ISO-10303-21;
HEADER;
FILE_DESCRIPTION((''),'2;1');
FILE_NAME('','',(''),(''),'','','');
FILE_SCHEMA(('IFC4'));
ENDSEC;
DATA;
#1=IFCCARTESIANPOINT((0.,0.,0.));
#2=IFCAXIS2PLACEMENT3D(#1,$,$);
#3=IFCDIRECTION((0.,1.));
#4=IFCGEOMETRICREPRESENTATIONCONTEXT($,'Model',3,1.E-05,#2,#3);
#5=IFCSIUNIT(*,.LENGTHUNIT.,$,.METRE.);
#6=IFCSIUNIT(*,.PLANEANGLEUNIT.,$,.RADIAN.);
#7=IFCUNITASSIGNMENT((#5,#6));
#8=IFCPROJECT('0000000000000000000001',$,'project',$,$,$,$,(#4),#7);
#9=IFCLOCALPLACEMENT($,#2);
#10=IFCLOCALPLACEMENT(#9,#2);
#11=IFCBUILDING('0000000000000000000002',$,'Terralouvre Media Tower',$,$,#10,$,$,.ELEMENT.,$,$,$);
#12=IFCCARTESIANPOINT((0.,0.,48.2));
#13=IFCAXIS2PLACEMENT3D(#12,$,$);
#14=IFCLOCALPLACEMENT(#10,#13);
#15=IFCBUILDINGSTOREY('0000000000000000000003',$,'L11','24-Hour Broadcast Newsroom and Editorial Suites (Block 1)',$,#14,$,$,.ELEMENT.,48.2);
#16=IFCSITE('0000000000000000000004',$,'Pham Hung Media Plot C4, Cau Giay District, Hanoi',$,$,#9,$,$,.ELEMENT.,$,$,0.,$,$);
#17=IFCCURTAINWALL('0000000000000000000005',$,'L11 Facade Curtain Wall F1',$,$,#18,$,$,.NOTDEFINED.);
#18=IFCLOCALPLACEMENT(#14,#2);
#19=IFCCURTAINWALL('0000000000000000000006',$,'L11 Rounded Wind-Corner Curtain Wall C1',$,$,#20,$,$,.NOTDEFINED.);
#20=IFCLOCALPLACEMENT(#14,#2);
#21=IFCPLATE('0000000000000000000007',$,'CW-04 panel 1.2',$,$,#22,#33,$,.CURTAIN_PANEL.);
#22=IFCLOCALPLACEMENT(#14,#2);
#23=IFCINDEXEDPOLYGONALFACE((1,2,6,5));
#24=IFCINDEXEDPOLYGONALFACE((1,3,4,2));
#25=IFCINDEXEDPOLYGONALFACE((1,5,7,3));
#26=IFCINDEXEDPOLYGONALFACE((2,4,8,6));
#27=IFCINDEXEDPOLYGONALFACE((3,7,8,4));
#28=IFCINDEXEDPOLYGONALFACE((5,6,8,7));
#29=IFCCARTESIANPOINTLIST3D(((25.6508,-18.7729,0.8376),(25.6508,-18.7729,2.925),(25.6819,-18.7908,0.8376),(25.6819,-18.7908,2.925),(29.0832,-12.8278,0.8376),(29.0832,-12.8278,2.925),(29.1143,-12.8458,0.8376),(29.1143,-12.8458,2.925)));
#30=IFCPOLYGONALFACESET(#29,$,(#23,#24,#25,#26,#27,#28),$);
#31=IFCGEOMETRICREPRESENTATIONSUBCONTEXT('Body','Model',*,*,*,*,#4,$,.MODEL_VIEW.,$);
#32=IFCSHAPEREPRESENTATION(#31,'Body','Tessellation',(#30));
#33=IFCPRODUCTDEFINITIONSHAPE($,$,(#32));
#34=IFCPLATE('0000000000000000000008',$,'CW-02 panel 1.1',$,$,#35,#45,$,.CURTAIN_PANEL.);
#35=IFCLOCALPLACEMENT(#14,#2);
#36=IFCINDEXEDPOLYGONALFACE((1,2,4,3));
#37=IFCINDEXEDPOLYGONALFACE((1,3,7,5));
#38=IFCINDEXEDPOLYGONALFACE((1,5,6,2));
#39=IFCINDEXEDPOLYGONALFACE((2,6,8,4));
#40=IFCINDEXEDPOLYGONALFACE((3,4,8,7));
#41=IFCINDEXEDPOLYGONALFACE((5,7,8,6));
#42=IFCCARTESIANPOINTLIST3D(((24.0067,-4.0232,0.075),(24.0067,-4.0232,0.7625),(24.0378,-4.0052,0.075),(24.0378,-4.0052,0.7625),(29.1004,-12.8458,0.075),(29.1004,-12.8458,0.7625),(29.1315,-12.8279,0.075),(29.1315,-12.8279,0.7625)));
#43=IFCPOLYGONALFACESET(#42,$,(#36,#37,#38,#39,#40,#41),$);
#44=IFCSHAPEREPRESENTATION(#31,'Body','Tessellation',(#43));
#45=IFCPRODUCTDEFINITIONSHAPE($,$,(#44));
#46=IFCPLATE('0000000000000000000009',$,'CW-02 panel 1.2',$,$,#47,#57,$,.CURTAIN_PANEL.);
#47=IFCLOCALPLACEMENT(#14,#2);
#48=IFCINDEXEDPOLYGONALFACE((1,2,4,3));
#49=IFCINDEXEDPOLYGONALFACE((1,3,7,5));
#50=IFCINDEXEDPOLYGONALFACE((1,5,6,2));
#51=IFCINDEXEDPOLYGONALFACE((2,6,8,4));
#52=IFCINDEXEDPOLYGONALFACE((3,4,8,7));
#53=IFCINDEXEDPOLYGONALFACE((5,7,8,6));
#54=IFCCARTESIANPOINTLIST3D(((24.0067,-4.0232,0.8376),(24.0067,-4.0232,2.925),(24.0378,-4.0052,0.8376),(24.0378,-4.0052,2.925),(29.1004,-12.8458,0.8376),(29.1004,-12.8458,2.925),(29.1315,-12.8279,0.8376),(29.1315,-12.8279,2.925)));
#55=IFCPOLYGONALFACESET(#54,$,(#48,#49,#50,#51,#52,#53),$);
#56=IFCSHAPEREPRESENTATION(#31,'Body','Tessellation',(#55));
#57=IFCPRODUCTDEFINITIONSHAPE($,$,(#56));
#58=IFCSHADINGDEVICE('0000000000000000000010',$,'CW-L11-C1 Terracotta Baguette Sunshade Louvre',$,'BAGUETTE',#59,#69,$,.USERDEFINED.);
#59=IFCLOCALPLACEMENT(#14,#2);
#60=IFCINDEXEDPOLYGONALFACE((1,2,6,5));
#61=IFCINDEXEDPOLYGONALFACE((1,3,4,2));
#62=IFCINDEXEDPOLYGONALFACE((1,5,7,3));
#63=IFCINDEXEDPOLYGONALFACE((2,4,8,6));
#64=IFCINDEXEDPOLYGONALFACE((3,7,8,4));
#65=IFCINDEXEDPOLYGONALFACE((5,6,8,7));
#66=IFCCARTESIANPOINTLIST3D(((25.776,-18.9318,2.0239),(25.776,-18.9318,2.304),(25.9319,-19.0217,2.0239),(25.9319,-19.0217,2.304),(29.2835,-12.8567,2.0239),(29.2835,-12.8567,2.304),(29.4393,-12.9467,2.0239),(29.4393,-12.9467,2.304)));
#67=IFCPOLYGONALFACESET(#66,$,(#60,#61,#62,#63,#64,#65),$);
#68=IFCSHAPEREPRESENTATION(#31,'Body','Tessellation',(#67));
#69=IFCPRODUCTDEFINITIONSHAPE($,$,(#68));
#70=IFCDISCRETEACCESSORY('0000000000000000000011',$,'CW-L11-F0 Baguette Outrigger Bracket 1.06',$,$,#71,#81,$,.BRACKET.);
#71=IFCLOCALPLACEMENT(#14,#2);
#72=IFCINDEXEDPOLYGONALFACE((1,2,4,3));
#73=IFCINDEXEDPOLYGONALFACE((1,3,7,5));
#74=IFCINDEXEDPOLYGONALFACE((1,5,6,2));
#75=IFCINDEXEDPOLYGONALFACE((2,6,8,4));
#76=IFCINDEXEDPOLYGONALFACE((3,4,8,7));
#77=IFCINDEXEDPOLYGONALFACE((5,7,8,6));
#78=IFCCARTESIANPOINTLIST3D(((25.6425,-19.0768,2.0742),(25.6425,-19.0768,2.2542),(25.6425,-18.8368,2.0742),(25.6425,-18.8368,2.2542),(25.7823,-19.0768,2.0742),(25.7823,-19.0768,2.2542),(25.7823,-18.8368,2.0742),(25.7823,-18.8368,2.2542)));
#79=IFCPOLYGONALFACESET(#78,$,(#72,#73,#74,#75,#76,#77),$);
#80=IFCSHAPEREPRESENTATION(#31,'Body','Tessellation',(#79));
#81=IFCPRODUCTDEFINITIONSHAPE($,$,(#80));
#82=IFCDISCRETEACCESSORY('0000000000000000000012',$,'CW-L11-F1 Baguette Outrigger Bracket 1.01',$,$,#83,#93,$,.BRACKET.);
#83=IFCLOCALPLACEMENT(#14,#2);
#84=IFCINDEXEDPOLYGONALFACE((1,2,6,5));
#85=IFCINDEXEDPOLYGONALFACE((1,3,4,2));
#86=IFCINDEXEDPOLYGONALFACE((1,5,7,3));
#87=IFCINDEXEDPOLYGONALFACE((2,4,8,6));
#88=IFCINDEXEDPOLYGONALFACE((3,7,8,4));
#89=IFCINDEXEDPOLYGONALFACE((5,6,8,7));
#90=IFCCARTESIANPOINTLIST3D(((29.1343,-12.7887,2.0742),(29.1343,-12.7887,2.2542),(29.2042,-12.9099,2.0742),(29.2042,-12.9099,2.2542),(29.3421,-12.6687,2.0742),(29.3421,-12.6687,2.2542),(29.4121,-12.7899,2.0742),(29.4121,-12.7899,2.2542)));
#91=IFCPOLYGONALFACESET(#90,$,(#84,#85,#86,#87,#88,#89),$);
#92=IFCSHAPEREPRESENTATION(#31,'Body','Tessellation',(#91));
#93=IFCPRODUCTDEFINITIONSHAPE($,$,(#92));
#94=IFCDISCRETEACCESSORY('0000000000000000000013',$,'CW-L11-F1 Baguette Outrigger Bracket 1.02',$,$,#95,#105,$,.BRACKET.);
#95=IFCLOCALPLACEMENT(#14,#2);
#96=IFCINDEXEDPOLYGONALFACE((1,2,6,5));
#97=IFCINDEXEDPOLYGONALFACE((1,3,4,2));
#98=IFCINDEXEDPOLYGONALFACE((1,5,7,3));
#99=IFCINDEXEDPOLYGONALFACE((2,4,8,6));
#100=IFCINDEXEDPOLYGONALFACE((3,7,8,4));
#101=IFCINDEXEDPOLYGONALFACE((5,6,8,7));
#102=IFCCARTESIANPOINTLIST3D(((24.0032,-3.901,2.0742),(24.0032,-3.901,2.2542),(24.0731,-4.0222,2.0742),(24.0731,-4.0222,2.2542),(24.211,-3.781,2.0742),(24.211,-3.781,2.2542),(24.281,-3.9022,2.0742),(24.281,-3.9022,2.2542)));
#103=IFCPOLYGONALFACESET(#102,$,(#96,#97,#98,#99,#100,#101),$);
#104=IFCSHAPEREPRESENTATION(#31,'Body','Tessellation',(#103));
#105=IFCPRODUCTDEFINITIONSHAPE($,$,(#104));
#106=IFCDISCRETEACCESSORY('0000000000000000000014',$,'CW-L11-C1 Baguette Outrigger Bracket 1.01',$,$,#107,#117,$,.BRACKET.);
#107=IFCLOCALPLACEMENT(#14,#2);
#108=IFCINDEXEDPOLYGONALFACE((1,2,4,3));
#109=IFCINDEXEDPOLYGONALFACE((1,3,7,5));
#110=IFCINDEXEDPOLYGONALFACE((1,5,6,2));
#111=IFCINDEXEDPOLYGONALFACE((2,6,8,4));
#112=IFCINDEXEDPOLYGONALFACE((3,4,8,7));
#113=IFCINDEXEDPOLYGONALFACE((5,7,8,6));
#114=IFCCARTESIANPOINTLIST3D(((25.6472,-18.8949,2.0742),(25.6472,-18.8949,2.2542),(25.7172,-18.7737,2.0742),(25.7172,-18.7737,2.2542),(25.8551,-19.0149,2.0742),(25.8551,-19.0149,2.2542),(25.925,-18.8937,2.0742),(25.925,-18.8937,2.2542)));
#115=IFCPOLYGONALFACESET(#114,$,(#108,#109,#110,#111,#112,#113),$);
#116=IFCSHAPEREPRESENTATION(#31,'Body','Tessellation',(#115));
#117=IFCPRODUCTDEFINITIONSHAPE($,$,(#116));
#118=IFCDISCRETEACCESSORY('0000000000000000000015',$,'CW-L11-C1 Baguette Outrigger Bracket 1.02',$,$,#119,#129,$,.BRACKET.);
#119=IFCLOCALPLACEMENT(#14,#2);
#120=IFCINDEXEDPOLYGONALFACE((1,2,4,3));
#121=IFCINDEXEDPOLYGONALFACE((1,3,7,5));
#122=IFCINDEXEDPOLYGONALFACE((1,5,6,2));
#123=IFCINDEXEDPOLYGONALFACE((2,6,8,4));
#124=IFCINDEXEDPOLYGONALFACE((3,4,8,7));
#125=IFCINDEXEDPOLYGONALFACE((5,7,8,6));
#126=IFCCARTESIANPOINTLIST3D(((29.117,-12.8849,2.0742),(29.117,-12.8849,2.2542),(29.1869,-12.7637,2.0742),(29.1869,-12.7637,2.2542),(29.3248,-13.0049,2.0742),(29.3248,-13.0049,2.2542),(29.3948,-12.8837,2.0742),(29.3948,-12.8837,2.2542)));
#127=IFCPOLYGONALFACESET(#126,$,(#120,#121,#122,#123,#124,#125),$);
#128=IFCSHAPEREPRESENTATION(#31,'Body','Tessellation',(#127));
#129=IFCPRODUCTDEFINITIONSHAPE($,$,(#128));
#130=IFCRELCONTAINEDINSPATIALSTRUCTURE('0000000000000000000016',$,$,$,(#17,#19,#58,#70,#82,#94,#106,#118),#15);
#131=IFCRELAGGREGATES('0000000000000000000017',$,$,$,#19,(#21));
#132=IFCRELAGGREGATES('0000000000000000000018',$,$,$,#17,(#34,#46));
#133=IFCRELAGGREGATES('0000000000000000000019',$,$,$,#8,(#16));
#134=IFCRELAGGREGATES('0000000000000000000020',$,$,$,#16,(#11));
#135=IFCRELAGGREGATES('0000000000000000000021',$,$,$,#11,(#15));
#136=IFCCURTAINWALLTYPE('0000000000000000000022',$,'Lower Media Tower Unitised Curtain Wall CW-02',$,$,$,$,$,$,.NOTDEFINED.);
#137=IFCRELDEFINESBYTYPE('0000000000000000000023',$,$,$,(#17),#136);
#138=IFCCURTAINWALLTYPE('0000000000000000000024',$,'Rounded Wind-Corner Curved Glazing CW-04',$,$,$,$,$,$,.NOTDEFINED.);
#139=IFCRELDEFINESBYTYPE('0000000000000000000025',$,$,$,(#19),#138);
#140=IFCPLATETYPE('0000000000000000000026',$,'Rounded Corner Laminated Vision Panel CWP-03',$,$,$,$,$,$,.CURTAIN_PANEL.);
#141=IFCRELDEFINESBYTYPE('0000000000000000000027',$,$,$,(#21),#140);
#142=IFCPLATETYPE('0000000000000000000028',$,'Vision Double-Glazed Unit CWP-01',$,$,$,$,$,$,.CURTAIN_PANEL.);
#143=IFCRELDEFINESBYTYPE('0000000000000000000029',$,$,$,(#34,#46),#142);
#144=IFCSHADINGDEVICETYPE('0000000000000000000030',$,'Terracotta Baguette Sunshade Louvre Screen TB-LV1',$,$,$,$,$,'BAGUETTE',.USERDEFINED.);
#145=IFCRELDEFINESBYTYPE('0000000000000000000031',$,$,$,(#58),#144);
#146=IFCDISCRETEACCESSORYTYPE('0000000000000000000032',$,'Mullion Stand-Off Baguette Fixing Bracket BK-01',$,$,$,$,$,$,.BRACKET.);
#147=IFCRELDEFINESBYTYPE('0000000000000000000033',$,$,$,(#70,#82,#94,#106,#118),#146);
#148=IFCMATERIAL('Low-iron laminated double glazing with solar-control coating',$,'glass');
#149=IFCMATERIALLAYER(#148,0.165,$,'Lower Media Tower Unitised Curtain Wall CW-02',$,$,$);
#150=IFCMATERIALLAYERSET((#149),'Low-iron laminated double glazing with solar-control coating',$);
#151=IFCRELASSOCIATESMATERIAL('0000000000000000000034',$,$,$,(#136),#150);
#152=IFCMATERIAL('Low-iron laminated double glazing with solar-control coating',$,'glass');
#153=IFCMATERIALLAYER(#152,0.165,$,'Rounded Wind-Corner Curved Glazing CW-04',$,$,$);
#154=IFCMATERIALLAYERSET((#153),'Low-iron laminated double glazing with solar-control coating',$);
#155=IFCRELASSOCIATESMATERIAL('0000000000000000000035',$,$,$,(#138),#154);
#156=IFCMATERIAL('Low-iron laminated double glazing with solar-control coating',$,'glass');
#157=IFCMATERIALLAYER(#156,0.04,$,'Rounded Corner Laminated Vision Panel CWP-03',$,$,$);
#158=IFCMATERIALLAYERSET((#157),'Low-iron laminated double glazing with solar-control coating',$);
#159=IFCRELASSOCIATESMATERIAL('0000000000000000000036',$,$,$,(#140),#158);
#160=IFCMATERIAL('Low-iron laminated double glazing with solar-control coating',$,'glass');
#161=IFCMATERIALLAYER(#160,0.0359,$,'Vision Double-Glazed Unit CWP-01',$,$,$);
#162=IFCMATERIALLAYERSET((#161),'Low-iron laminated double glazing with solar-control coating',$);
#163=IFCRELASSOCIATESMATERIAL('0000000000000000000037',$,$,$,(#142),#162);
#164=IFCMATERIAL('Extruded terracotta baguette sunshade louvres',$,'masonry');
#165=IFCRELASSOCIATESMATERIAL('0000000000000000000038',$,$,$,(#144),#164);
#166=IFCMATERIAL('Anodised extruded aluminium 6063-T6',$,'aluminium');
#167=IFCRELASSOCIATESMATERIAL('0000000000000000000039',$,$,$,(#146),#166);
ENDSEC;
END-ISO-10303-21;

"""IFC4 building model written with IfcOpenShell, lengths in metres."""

from ifc_helpers import new_model, si_unit, direction, frame, origin, origin_2d, place, context, subcontext, project, spatial, rectangle, extrude, material, layer, layer_set, type_object, element, aggregate, save


model = new_model("IFC4")

# Units and contexts
model_context = context("Model", 3, precision=1e-05, world=origin(), true_north=direction((0.0, 1.0)))
body_context = subcontext(model_context, "Body", "Model", "MODEL_VIEW")
ifc_project = project(units=[si_unit("LENGTHUNIT", "METRE"), si_unit("PLANEANGLEUNIT", "RADIAN")], contexts=[model_context])

# Site, building, storey
site_placement = place(None, origin())
site = spatial("IfcSite", under=ifc_project, at=site_placement, Name="Pham Hung Media Plot C4, Cau Giay District, Hanoi", CompositionType="ELEMENT", RefElevation=0.0)
building_placement = place(site_placement, origin())
building = spatial("IfcBuilding", under=site, at=building_placement, Name="Terralouvre Media Tower", CompositionType="ELEMENT")
storey_placement = place(building_placement, frame((0.0, 0.0, 48.2)))
storey = spatial("IfcBuildingStorey", under=building, at=storey_placement, Name="L11", Description="24-Hour Broadcast Newsroom and Editorial Suites (Block 1)", CompositionType="ELEMENT", Elevation=48.2)

# Curtain walls
ifc_material_1 = material(Name="Low-iron laminated double glazing with solar-control coating", Category="glass")
ifc_layer_1 = layer(ifc_material_1, 0.165, Name="Lower Media Tower Unitised Curtain Wall CW-02")
ifc_layer_set_1 = layer_set([ifc_layer_1], Name="Low-iron laminated double glazing with solar-control coating")
curtain_wall_type_1 = type_object("IfcCurtainWallType", Name="Lower Media Tower Unitised Curtain Wall CW-02", PredefinedType="NOTDEFINED", material=ifc_layer_set_1)
curtain_wall_1_placement = place(storey_placement, origin())
curtain_wall_1 = element("IfcCurtainWall", 1, at=curtain_wall_1_placement, inside=storey, type_object=curtain_wall_type_1, Name="L11 Facade Curtain Wall F1", PredefinedType="NOTDEFINED")
ifc_material_2 = material(Name="Low-iron laminated double glazing with solar-control coating", Category="glass")
ifc_layer_2 = layer(ifc_material_2, 0.165, Name="Rounded Wind-Corner Curved Glazing CW-04")
ifc_layer_set_2 = layer_set([ifc_layer_2], Name="Low-iron laminated double glazing with solar-control coating")
curtain_wall_type_2 = type_object("IfcCurtainWallType", Name="Rounded Wind-Corner Curved Glazing CW-04", PredefinedType="NOTDEFINED", material=ifc_layer_set_2)
curtain_wall_2_placement = place(storey_placement, origin())
curtain_wall_2 = element("IfcCurtainWall", 2, at=curtain_wall_2_placement, inside=storey, type_object=curtain_wall_type_2, Name="L11 Rounded Wind-Corner Curtain Wall C1", PredefinedType="NOTDEFINED")

# Plates
ifc_material_3 = material(Name="Low-iron laminated double glazing with solar-control coating", Category="glass")
ifc_layer_3 = layer(ifc_material_3, 0.04, Name="Rounded Corner Laminated Vision Panel CWP-03")
ifc_layer_set_3 = layer_set([ifc_layer_3], Name="Low-iron laminated double glazing with solar-control coating")
plate_type_1 = type_object("IfcPlateType", Name="Rounded Corner Laminated Vision Panel CWP-03", PredefinedType="CURTAIN_PANEL", material=ifc_layer_set_3)
plate_1_placement = place(storey_placement, frame((27.3826, -15.8093, 0.8376), z_axis=(0.0, 0.0, 1.0), x_axis=(0.5, 0.866026, 0.0)))
plate_1 = element("IfcPlate", 3, at=plate_1_placement, type_object=plate_type_1, Name="CW-04 panel 1.2", PredefinedType="CURTAIN_PANEL", context=body_context, shape_type="SweptSolid", body=[
    extrude(rectangle(XDim=6.8647, YDim=0.0359, at=origin_2d()), origin(), (0.0, 0.0, 1.0), 2.0874),
])
aggregate(curtain_wall_2, [plate_1])
ifc_material_4 = material(Name="Low-iron laminated double glazing with solar-control coating", Category="glass")
ifc_layer_4 = layer(ifc_material_4, 0.0359, Name="Vision Double-Glazed Unit CWP-01")
ifc_layer_set_4 = layer_set([ifc_layer_4], Name="Low-iron laminated double glazing with solar-control coating")
plate_type_2 = type_object("IfcPlateType", Name="Vision Double-Glazed Unit CWP-01", PredefinedType="CURTAIN_PANEL", material=ifc_layer_set_4)
plate_2_placement = place(storey_placement, frame((26.5691, -8.4255, 0.075), z_axis=(0.0, 0.0, 1.0), x_axis=(-0.5, 0.866025, 0.0)))
plate_2 = element("IfcPlate", 4, at=plate_2_placement, type_object=plate_type_2, Name="CW-02 panel 1.1", PredefinedType="CURTAIN_PANEL", context=body_context, shape_type="SweptSolid", body=[
    extrude(rectangle(XDim=10.1875, YDim=0.0359, at=origin_2d()), origin(), (0.0, 0.0, 1.0), 0.6875),
])
plate_3_placement = place(storey_placement, frame((26.5691, -8.4255, 0.8376), z_axis=(0.0, 0.0, 1.0), x_axis=(-0.5, 0.866025, 0.0)))
plate_3 = element("IfcPlate", 5, at=plate_3_placement, type_object=plate_type_2, Name="CW-02 panel 1.2", PredefinedType="CURTAIN_PANEL", context=body_context, shape_type="SweptSolid", body=[
    extrude(rectangle(XDim=10.1875, YDim=0.0359, at=origin_2d()), origin(), (0.0, 0.0, 1.0), 2.0874),
])
aggregate(curtain_wall_1, [plate_2, plate_3])

# Shading device
ifc_material_5 = material(Name="Extruded terracotta baguette sunshade louvres", Category="masonry")
shading_device_type = type_object("IfcShadingDeviceType", Name="Terracotta Baguette Sunshade Louvre Screen TB-LV1", ElementType="BAGUETTE", PredefinedType="USERDEFINED", material=ifc_material_5)
shading_device_placement = place(storey_placement, frame((27.6077, -15.9392, 2.0239), z_axis=(0.0, 0.0, 1.0), x_axis=(0.5, 0.866026, 0.0)))
element("IfcShadingDevice", 6, at=shading_device_placement, inside=storey, type_object=shading_device_type, Name="CW-L11-C1 Terracotta Baguette Sunshade Louvre", ObjectType="BAGUETTE", PredefinedType="USERDEFINED", context=body_context, shape_type="SweptSolid", body=[
    extrude(rectangle(XDim=7.0149, YDim=0.1799, at=origin_2d()), origin(), (0.0, 0.0, 1.0), 0.28),
])

# Discrete accessories
ifc_material_6 = material(Name="Anodised extruded aluminium 6063-T6", Category="aluminium")
discrete_accessory_type = type_object("IfcDiscreteAccessoryType", Name="Mullion Stand-Off Baguette Fixing Bracket BK-01", PredefinedType="BRACKET", material=ifc_material_6)
for number, where, z_axis, x_axis, name in (
    (7, (25.7124, -18.9568, 2.0742), (0.0, 0.0, 1.0), (1.0, 0.0, 0.0), "CW-L11-F0 Baguette Outrigger Bracket 1.06"),
    (8, (29.2732, -12.7893, 2.0742), (0.0, 0.0, 1.0), (-0.5, 0.866025, 0.0), "CW-L11-F1 Baguette Outrigger Bracket 1.01"),
    (9, (24.1421, -3.9016, 2.0742), (0.0, 0.0, 1.0), (-0.5, 0.866025, 0.0), "CW-L11-F1 Baguette Outrigger Bracket 1.02"),
    (10, (25.7861, -18.8943, 2.0742), (0.0, 0.0, 1.0), (0.5, 0.866026, 0.0), "CW-L11-C1 Baguette Outrigger Bracket 1.01"),
    (11, (29.2559, -12.8843, 2.0742), (0.0, 0.0, 1.0), (0.5, 0.866026, 0.0), "CW-L11-C1 Baguette Outrigger Bracket 1.02"),
):
    element("IfcDiscreteAccessory", number, at=place(storey_placement, frame(where, z_axis=z_axis, x_axis=x_axis)), inside=storey, type_object=discrete_accessory_type, Name=name, PredefinedType="BRACKET", context=body_context, shape_type="SweptSolid", body=[
        extrude(rectangle(XDim=0.1399, YDim=0.24, at=origin_2d()), origin(), (0.0, 0.0, 1.0), 0.1799),
    ])

save(model, "model.ifc")
